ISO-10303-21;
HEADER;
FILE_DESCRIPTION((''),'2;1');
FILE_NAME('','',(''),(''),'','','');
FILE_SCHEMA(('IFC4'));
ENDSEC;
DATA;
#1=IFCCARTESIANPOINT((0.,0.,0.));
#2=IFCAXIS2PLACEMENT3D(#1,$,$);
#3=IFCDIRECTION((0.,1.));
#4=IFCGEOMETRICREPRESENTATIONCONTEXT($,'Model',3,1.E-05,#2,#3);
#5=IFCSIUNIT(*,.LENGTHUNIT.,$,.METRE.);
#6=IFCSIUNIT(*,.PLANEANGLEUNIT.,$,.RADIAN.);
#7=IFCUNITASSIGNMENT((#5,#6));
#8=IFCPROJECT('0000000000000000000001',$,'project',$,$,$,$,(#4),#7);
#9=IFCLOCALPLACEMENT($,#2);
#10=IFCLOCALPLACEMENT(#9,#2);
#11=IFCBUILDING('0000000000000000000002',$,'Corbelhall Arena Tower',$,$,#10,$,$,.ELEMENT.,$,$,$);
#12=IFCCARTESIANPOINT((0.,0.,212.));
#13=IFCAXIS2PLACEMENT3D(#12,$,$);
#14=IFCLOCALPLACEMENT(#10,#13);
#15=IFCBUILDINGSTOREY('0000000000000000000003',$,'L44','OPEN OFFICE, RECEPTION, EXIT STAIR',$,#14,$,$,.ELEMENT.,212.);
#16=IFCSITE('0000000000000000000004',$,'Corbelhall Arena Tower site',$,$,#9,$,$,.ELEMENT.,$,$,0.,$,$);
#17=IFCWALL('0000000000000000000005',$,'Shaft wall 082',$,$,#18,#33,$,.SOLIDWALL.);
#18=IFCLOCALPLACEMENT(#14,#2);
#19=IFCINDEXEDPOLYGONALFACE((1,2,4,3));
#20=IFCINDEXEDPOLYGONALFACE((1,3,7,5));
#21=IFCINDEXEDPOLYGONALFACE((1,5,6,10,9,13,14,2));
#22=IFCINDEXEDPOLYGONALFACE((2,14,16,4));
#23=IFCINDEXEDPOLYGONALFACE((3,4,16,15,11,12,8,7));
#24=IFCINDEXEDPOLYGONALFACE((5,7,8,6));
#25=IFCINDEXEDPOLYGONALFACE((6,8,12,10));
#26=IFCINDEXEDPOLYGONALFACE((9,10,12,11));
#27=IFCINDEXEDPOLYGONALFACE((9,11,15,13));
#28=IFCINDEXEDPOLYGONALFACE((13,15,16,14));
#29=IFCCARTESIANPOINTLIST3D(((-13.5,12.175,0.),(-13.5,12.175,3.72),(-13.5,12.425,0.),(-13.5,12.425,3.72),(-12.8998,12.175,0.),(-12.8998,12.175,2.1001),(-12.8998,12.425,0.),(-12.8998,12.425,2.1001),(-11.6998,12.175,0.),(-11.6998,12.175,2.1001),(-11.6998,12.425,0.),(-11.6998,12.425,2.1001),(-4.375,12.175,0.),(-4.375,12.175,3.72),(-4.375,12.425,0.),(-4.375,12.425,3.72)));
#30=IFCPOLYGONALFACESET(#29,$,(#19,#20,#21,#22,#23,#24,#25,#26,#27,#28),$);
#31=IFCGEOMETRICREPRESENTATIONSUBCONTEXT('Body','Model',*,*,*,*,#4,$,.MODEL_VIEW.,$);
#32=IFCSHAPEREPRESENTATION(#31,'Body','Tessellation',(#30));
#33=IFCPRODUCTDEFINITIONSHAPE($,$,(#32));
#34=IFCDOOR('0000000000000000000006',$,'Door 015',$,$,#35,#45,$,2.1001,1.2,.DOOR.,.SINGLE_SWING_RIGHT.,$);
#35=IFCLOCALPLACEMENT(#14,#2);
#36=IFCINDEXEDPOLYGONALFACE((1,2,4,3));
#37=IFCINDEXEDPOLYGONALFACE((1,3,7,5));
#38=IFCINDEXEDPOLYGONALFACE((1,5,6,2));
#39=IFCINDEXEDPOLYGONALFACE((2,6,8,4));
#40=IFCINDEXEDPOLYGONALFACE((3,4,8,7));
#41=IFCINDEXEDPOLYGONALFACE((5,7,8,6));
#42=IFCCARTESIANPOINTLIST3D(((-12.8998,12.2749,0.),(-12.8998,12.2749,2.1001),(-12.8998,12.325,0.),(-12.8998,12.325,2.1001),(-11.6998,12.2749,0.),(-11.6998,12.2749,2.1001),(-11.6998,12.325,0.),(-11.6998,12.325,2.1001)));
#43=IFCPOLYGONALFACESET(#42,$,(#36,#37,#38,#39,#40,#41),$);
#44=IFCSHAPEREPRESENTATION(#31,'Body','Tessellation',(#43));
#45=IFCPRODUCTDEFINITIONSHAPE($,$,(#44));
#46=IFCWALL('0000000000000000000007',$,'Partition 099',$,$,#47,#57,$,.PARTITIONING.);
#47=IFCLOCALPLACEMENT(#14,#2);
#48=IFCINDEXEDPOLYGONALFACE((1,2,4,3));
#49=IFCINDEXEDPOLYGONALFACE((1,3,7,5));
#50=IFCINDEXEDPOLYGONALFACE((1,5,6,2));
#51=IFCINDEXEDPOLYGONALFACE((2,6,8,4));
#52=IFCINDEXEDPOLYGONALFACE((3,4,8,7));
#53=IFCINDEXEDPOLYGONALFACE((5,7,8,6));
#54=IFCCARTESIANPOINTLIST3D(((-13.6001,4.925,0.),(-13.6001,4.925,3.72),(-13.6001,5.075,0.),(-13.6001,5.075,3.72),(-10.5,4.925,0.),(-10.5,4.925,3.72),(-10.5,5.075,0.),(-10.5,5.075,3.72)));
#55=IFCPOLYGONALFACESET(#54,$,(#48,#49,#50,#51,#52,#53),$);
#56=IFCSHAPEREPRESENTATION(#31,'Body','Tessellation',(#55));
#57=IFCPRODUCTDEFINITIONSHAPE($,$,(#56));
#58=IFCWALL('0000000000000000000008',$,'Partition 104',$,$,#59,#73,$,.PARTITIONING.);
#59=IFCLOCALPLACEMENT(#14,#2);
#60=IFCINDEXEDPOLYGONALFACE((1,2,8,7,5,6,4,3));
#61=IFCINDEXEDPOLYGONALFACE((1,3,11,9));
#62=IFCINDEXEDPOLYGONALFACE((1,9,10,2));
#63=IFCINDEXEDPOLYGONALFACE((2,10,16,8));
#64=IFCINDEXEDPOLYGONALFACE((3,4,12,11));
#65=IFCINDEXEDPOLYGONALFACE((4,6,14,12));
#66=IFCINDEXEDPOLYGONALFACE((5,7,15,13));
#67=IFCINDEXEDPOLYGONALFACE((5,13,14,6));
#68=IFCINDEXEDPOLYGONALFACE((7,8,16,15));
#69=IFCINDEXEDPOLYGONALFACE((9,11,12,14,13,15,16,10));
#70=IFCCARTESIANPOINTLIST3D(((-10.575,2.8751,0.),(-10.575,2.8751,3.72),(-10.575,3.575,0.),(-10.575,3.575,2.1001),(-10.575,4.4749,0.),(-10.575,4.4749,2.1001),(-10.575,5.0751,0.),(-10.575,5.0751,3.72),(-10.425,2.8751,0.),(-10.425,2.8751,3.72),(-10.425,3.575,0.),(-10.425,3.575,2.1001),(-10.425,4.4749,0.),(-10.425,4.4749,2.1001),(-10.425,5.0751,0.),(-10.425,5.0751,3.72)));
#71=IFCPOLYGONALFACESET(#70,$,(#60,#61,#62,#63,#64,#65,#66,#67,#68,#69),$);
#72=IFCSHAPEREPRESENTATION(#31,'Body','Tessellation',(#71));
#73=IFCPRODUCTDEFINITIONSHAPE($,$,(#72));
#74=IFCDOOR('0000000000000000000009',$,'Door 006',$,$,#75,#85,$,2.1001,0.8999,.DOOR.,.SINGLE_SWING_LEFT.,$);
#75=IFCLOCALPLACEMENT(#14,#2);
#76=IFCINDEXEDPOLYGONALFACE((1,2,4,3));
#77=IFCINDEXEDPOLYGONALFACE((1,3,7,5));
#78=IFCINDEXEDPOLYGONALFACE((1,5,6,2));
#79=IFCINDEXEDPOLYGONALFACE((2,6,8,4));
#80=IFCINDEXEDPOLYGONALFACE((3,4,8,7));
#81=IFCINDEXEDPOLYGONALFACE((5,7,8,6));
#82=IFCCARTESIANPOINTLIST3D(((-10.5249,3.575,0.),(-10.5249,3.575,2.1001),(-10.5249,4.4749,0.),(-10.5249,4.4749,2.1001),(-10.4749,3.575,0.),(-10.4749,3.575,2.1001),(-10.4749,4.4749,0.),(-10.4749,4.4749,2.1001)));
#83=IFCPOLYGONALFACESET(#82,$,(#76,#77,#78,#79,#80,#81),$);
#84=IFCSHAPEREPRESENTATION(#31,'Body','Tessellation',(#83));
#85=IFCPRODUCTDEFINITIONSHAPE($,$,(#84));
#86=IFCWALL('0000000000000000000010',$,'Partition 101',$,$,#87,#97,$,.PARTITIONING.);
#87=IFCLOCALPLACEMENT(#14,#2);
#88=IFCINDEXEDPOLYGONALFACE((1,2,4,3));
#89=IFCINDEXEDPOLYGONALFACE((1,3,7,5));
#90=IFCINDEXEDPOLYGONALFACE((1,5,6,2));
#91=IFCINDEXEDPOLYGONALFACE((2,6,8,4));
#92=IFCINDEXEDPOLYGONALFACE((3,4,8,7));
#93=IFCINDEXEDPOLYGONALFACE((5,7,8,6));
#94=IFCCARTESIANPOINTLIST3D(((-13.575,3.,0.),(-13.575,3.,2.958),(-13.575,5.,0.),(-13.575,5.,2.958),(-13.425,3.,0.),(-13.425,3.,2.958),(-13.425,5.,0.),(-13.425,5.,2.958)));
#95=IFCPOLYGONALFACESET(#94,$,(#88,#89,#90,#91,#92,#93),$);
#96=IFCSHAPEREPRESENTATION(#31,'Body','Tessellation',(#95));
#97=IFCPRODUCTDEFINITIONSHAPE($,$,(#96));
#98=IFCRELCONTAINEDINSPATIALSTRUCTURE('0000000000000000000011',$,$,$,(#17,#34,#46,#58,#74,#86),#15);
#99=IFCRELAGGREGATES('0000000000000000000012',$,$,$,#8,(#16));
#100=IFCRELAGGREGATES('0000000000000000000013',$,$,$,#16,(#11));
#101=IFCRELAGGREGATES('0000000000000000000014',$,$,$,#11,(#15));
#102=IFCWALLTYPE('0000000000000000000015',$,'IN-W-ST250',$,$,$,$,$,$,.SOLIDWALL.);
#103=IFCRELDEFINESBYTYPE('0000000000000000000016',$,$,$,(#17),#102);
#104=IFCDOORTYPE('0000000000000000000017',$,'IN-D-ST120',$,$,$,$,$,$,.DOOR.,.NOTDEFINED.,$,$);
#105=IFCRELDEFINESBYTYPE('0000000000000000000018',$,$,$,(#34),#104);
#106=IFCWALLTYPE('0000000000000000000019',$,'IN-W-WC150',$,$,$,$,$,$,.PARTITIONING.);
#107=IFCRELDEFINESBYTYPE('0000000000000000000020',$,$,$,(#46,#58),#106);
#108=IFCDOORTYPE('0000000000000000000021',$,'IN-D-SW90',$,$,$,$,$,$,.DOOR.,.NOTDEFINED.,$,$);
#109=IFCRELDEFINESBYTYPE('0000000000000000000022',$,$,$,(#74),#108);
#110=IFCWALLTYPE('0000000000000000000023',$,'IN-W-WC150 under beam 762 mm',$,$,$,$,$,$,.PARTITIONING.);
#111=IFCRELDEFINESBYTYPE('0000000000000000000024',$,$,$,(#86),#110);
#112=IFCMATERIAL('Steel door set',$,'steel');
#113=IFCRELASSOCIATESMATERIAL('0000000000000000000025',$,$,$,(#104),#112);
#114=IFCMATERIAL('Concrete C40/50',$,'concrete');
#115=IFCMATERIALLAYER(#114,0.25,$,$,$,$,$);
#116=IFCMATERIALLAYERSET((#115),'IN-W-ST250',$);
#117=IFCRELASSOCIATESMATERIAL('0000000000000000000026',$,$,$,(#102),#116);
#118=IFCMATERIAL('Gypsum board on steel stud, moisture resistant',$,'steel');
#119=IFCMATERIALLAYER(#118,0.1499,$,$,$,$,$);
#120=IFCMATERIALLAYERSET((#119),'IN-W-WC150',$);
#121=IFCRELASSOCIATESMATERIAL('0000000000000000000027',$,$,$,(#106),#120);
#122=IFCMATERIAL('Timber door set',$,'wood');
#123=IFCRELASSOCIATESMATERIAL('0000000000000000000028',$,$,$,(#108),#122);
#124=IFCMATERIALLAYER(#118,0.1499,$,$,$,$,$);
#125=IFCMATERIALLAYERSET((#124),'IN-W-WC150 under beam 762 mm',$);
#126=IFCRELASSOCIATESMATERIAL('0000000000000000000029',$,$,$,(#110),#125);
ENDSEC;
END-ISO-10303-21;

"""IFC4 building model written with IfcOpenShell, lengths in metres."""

from ifc_helpers import new_model, si_unit, direction, frame, frame_2d, origin, place, context, subcontext, project, spatial, rectangle, extrude, material, layer, layer_set, type_object, element, fill, save


model = new_model("IFC4")

# Units and contexts
model_context = context("Model", 3, precision=1e-05, world=origin(), true_north=direction((0.0, 1.0)))
body_context = subcontext(model_context, "Body", "Model", "MODEL_VIEW")
ifc_project = project(units=[si_unit("LENGTHUNIT", "METRE"), si_unit("PLANEANGLEUNIT", "RADIAN")], contexts=[model_context])

# Site, building, storey
site_placement = place(None, origin())
site = spatial("IfcSite", under=ifc_project, at=site_placement, Name="Corbelhall Arena Tower site", CompositionType="ELEMENT", RefElevation=0.0)
building_placement = place(site_placement, origin())
building = spatial("IfcBuilding", under=site, at=building_placement, Name="Corbelhall Arena Tower", CompositionType="ELEMENT")
storey_placement = place(building_placement, frame((0.0, 0.0, 212.0)))
storey = spatial("IfcBuildingStorey", under=building, at=storey_placement, Name="L44", Description="OPEN OFFICE, RECEPTION, EXIT STAIR", CompositionType="ELEMENT", Elevation=212.0)

# Shared definitions
ifc_material_1 = material(Name="Steel door set", Category="steel")

# Shared definitions
ifc_material_2 = material(Name="Concrete C40/50", Category="concrete")
door_type_1 = type_object("IfcDoorType", Name="IN-D-ST120", OperationType="NOTDEFINED", PredefinedType="DOOR", material=ifc_material_1)

# Wall, opening, door
ifc_layer_1 = layer(ifc_material_2, 0.25)
ifc_layer_set_1 = layer_set([ifc_layer_1], Name="IN-W-ST250")
wall_type_1 = type_object("IfcWallType", Name="IN-W-ST250", PredefinedType="SOLIDWALL", material=ifc_layer_set_1)
wall_1_placement = place(storey_placement, frame((-13.5, 12.3, 0.0), z_axis=(0.0, 0.0, 1.0), x_axis=(1.0, 0.0, 0.0)))
wall_1 = element("IfcWall", 1, at=wall_1_placement, inside=storey, type_object=wall_type_1, Name="Shaft wall 082", PredefinedType="SOLIDWALL", context=body_context, shape_type="SweptSolid", body=[
    extrude(rectangle(XDim=9.125, YDim=0.25, at=frame_2d((4.5625, 0.0))), origin(), (0.0, 0.0, 1.0), 3.72),
])
opening_1_placement = place(wall_1_placement, frame((0.6001, 0.0, 0.0)))
opening_1 = element("IfcOpeningElement", 2, at=opening_1_placement, cuts=wall_1, PredefinedType="OPENING", context=body_context, shape_type="SweptSolid", body=[
    extrude(rectangle(XDim=1.2, YDim=2.1001, at=frame_2d((0.6001, 1.05))), frame((0.0, 0.125, 0.0), z_axis=(0.0, -1.0, 0.0), x_axis=(1.0, 0.0, 0.0)), (0.0, 0.0, 1.0), 0.25),
])
door_1_placement = place(opening_1_placement, origin())
door_1 = element("IfcDoor", 3, at=door_1_placement, inside=storey, type_object=door_type_1, Name="Door 015", OperationType="SINGLE_SWING_RIGHT", OverallHeight=2.1001, OverallWidth=1.2, PredefinedType="DOOR", context=body_context, shape_type="SweptSolid", body=[
    extrude(rectangle(XDim=1.2, YDim=2.1001, at=frame_2d((0.6001, 1.05))), frame((0.0, 0.0249, 0.0), z_axis=(0.0, -1.0, 0.0), x_axis=(1.0, 0.0, 0.0)), (0.0, 0.0, 1.0), 0.05),
])
fill(opening_1, door_1)

# Wall
ifc_material_3 = material(Name="Gypsum board on steel stud, moisture resistant", Category="steel")
ifc_layer_2 = layer(ifc_material_3, 0.1499)
ifc_layer_set_2 = layer_set([ifc_layer_2], Name="IN-W-WC150")
wall_type_2 = type_object("IfcWallType", Name="IN-W-WC150", PredefinedType="PARTITIONING", material=ifc_layer_set_2)
wall_2_placement = place(storey_placement, frame((-13.6001, 5.0, 0.0), z_axis=(0.0, 0.0, 1.0), x_axis=(1.0, 0.0, 0.0)))
element("IfcWall", 4, at=wall_2_placement, inside=storey, type_object=wall_type_2, Name="Partition 099", PredefinedType="PARTITIONING", context=body_context, shape_type="SweptSolid", body=[
    extrude(rectangle(XDim=3.1001, YDim=0.1499, at=frame_2d((1.55, 0.0))), origin(), (0.0, 0.0, 1.0), 3.72),
])

# Wall, opening, door
wall_3_placement = place(storey_placement, frame((-10.5, 2.875, 0.0), z_axis=(0.0, 0.0, 1.0), x_axis=(0.0, 1.0, 0.0)))
wall_3 = element("IfcWall", 5, at=wall_3_placement, inside=storey, type_object=wall_type_2, Name="Partition 104", PredefinedType="PARTITIONING", context=body_context, shape_type="SweptSolid", body=[
    extrude(rectangle(XDim=2.2, YDim=0.1499, at=frame_2d((1.1001, 0.0))), origin(), (0.0, 0.0, 1.0), 3.72),
])
opening_2_placement = place(wall_3_placement, frame((0.7, 0.0, 0.0)))
opening_2 = element("IfcOpeningElement", 6, at=opening_2_placement, cuts=wall_3, PredefinedType="OPENING", context=body_context, shape_type="SweptSolid", body=[
    extrude(rectangle(XDim=0.8999, YDim=2.1001, at=frame_2d((0.45, 1.05))), frame((0.0, 0.075, 0.0), z_axis=(0.0, -1.0, 0.0), x_axis=(1.0, 0.0, 0.0)), (0.0, 0.0, 1.0), 0.1499),
])
ifc_material_4 = material(Name="Timber door set", Category="wood")
door_type_2 = type_object("IfcDoorType", Name="IN-D-SW90", OperationType="NOTDEFINED", PredefinedType="DOOR", material=ifc_material_4)
door_2_placement = place(opening_2_placement, origin())
door_2 = element("IfcDoor", 7, at=door_2_placement, inside=storey, type_object=door_type_2, Name="Door 006", OperationType="SINGLE_SWING_LEFT", OverallHeight=2.1001, OverallWidth=0.8999, PredefinedType="DOOR", context=body_context, shape_type="SweptSolid", body=[
    extrude(rectangle(XDim=0.8999, YDim=2.1001, at=frame_2d((0.45, 1.05))), frame((0.0, 0.0249, 0.0), z_axis=(0.0, -1.0, 0.0), x_axis=(1.0, 0.0, 0.0)), (0.0, 0.0, 1.0), 0.05),
])
fill(opening_2, door_2)

# Wall
ifc_layer_3 = layer(ifc_material_3, 0.1499)
ifc_layer_set_3 = layer_set([ifc_layer_3], Name="IN-W-WC150 under beam 762 mm")
wall_type_3 = type_object("IfcWallType", Name="IN-W-WC150 under beam 762 mm", PredefinedType="PARTITIONING", material=ifc_layer_set_3)
wall_4_placement = place(storey_placement, frame((-13.5, 3.0, 0.0), z_axis=(0.0, 0.0, 1.0), x_axis=(0.0, 1.0, 0.0)))
element("IfcWall", 8, at=wall_4_placement, inside=storey, type_object=wall_type_3, Name="Partition 101", PredefinedType="PARTITIONING", context=body_context, shape_type="SweptSolid", body=[
    extrude(rectangle(XDim=2.0, YDim=0.1499, at=frame_2d((1.0, 0.0))), origin(), (0.0, 0.0, 1.0), 2.958),
])

save(model, "model.ifc")
